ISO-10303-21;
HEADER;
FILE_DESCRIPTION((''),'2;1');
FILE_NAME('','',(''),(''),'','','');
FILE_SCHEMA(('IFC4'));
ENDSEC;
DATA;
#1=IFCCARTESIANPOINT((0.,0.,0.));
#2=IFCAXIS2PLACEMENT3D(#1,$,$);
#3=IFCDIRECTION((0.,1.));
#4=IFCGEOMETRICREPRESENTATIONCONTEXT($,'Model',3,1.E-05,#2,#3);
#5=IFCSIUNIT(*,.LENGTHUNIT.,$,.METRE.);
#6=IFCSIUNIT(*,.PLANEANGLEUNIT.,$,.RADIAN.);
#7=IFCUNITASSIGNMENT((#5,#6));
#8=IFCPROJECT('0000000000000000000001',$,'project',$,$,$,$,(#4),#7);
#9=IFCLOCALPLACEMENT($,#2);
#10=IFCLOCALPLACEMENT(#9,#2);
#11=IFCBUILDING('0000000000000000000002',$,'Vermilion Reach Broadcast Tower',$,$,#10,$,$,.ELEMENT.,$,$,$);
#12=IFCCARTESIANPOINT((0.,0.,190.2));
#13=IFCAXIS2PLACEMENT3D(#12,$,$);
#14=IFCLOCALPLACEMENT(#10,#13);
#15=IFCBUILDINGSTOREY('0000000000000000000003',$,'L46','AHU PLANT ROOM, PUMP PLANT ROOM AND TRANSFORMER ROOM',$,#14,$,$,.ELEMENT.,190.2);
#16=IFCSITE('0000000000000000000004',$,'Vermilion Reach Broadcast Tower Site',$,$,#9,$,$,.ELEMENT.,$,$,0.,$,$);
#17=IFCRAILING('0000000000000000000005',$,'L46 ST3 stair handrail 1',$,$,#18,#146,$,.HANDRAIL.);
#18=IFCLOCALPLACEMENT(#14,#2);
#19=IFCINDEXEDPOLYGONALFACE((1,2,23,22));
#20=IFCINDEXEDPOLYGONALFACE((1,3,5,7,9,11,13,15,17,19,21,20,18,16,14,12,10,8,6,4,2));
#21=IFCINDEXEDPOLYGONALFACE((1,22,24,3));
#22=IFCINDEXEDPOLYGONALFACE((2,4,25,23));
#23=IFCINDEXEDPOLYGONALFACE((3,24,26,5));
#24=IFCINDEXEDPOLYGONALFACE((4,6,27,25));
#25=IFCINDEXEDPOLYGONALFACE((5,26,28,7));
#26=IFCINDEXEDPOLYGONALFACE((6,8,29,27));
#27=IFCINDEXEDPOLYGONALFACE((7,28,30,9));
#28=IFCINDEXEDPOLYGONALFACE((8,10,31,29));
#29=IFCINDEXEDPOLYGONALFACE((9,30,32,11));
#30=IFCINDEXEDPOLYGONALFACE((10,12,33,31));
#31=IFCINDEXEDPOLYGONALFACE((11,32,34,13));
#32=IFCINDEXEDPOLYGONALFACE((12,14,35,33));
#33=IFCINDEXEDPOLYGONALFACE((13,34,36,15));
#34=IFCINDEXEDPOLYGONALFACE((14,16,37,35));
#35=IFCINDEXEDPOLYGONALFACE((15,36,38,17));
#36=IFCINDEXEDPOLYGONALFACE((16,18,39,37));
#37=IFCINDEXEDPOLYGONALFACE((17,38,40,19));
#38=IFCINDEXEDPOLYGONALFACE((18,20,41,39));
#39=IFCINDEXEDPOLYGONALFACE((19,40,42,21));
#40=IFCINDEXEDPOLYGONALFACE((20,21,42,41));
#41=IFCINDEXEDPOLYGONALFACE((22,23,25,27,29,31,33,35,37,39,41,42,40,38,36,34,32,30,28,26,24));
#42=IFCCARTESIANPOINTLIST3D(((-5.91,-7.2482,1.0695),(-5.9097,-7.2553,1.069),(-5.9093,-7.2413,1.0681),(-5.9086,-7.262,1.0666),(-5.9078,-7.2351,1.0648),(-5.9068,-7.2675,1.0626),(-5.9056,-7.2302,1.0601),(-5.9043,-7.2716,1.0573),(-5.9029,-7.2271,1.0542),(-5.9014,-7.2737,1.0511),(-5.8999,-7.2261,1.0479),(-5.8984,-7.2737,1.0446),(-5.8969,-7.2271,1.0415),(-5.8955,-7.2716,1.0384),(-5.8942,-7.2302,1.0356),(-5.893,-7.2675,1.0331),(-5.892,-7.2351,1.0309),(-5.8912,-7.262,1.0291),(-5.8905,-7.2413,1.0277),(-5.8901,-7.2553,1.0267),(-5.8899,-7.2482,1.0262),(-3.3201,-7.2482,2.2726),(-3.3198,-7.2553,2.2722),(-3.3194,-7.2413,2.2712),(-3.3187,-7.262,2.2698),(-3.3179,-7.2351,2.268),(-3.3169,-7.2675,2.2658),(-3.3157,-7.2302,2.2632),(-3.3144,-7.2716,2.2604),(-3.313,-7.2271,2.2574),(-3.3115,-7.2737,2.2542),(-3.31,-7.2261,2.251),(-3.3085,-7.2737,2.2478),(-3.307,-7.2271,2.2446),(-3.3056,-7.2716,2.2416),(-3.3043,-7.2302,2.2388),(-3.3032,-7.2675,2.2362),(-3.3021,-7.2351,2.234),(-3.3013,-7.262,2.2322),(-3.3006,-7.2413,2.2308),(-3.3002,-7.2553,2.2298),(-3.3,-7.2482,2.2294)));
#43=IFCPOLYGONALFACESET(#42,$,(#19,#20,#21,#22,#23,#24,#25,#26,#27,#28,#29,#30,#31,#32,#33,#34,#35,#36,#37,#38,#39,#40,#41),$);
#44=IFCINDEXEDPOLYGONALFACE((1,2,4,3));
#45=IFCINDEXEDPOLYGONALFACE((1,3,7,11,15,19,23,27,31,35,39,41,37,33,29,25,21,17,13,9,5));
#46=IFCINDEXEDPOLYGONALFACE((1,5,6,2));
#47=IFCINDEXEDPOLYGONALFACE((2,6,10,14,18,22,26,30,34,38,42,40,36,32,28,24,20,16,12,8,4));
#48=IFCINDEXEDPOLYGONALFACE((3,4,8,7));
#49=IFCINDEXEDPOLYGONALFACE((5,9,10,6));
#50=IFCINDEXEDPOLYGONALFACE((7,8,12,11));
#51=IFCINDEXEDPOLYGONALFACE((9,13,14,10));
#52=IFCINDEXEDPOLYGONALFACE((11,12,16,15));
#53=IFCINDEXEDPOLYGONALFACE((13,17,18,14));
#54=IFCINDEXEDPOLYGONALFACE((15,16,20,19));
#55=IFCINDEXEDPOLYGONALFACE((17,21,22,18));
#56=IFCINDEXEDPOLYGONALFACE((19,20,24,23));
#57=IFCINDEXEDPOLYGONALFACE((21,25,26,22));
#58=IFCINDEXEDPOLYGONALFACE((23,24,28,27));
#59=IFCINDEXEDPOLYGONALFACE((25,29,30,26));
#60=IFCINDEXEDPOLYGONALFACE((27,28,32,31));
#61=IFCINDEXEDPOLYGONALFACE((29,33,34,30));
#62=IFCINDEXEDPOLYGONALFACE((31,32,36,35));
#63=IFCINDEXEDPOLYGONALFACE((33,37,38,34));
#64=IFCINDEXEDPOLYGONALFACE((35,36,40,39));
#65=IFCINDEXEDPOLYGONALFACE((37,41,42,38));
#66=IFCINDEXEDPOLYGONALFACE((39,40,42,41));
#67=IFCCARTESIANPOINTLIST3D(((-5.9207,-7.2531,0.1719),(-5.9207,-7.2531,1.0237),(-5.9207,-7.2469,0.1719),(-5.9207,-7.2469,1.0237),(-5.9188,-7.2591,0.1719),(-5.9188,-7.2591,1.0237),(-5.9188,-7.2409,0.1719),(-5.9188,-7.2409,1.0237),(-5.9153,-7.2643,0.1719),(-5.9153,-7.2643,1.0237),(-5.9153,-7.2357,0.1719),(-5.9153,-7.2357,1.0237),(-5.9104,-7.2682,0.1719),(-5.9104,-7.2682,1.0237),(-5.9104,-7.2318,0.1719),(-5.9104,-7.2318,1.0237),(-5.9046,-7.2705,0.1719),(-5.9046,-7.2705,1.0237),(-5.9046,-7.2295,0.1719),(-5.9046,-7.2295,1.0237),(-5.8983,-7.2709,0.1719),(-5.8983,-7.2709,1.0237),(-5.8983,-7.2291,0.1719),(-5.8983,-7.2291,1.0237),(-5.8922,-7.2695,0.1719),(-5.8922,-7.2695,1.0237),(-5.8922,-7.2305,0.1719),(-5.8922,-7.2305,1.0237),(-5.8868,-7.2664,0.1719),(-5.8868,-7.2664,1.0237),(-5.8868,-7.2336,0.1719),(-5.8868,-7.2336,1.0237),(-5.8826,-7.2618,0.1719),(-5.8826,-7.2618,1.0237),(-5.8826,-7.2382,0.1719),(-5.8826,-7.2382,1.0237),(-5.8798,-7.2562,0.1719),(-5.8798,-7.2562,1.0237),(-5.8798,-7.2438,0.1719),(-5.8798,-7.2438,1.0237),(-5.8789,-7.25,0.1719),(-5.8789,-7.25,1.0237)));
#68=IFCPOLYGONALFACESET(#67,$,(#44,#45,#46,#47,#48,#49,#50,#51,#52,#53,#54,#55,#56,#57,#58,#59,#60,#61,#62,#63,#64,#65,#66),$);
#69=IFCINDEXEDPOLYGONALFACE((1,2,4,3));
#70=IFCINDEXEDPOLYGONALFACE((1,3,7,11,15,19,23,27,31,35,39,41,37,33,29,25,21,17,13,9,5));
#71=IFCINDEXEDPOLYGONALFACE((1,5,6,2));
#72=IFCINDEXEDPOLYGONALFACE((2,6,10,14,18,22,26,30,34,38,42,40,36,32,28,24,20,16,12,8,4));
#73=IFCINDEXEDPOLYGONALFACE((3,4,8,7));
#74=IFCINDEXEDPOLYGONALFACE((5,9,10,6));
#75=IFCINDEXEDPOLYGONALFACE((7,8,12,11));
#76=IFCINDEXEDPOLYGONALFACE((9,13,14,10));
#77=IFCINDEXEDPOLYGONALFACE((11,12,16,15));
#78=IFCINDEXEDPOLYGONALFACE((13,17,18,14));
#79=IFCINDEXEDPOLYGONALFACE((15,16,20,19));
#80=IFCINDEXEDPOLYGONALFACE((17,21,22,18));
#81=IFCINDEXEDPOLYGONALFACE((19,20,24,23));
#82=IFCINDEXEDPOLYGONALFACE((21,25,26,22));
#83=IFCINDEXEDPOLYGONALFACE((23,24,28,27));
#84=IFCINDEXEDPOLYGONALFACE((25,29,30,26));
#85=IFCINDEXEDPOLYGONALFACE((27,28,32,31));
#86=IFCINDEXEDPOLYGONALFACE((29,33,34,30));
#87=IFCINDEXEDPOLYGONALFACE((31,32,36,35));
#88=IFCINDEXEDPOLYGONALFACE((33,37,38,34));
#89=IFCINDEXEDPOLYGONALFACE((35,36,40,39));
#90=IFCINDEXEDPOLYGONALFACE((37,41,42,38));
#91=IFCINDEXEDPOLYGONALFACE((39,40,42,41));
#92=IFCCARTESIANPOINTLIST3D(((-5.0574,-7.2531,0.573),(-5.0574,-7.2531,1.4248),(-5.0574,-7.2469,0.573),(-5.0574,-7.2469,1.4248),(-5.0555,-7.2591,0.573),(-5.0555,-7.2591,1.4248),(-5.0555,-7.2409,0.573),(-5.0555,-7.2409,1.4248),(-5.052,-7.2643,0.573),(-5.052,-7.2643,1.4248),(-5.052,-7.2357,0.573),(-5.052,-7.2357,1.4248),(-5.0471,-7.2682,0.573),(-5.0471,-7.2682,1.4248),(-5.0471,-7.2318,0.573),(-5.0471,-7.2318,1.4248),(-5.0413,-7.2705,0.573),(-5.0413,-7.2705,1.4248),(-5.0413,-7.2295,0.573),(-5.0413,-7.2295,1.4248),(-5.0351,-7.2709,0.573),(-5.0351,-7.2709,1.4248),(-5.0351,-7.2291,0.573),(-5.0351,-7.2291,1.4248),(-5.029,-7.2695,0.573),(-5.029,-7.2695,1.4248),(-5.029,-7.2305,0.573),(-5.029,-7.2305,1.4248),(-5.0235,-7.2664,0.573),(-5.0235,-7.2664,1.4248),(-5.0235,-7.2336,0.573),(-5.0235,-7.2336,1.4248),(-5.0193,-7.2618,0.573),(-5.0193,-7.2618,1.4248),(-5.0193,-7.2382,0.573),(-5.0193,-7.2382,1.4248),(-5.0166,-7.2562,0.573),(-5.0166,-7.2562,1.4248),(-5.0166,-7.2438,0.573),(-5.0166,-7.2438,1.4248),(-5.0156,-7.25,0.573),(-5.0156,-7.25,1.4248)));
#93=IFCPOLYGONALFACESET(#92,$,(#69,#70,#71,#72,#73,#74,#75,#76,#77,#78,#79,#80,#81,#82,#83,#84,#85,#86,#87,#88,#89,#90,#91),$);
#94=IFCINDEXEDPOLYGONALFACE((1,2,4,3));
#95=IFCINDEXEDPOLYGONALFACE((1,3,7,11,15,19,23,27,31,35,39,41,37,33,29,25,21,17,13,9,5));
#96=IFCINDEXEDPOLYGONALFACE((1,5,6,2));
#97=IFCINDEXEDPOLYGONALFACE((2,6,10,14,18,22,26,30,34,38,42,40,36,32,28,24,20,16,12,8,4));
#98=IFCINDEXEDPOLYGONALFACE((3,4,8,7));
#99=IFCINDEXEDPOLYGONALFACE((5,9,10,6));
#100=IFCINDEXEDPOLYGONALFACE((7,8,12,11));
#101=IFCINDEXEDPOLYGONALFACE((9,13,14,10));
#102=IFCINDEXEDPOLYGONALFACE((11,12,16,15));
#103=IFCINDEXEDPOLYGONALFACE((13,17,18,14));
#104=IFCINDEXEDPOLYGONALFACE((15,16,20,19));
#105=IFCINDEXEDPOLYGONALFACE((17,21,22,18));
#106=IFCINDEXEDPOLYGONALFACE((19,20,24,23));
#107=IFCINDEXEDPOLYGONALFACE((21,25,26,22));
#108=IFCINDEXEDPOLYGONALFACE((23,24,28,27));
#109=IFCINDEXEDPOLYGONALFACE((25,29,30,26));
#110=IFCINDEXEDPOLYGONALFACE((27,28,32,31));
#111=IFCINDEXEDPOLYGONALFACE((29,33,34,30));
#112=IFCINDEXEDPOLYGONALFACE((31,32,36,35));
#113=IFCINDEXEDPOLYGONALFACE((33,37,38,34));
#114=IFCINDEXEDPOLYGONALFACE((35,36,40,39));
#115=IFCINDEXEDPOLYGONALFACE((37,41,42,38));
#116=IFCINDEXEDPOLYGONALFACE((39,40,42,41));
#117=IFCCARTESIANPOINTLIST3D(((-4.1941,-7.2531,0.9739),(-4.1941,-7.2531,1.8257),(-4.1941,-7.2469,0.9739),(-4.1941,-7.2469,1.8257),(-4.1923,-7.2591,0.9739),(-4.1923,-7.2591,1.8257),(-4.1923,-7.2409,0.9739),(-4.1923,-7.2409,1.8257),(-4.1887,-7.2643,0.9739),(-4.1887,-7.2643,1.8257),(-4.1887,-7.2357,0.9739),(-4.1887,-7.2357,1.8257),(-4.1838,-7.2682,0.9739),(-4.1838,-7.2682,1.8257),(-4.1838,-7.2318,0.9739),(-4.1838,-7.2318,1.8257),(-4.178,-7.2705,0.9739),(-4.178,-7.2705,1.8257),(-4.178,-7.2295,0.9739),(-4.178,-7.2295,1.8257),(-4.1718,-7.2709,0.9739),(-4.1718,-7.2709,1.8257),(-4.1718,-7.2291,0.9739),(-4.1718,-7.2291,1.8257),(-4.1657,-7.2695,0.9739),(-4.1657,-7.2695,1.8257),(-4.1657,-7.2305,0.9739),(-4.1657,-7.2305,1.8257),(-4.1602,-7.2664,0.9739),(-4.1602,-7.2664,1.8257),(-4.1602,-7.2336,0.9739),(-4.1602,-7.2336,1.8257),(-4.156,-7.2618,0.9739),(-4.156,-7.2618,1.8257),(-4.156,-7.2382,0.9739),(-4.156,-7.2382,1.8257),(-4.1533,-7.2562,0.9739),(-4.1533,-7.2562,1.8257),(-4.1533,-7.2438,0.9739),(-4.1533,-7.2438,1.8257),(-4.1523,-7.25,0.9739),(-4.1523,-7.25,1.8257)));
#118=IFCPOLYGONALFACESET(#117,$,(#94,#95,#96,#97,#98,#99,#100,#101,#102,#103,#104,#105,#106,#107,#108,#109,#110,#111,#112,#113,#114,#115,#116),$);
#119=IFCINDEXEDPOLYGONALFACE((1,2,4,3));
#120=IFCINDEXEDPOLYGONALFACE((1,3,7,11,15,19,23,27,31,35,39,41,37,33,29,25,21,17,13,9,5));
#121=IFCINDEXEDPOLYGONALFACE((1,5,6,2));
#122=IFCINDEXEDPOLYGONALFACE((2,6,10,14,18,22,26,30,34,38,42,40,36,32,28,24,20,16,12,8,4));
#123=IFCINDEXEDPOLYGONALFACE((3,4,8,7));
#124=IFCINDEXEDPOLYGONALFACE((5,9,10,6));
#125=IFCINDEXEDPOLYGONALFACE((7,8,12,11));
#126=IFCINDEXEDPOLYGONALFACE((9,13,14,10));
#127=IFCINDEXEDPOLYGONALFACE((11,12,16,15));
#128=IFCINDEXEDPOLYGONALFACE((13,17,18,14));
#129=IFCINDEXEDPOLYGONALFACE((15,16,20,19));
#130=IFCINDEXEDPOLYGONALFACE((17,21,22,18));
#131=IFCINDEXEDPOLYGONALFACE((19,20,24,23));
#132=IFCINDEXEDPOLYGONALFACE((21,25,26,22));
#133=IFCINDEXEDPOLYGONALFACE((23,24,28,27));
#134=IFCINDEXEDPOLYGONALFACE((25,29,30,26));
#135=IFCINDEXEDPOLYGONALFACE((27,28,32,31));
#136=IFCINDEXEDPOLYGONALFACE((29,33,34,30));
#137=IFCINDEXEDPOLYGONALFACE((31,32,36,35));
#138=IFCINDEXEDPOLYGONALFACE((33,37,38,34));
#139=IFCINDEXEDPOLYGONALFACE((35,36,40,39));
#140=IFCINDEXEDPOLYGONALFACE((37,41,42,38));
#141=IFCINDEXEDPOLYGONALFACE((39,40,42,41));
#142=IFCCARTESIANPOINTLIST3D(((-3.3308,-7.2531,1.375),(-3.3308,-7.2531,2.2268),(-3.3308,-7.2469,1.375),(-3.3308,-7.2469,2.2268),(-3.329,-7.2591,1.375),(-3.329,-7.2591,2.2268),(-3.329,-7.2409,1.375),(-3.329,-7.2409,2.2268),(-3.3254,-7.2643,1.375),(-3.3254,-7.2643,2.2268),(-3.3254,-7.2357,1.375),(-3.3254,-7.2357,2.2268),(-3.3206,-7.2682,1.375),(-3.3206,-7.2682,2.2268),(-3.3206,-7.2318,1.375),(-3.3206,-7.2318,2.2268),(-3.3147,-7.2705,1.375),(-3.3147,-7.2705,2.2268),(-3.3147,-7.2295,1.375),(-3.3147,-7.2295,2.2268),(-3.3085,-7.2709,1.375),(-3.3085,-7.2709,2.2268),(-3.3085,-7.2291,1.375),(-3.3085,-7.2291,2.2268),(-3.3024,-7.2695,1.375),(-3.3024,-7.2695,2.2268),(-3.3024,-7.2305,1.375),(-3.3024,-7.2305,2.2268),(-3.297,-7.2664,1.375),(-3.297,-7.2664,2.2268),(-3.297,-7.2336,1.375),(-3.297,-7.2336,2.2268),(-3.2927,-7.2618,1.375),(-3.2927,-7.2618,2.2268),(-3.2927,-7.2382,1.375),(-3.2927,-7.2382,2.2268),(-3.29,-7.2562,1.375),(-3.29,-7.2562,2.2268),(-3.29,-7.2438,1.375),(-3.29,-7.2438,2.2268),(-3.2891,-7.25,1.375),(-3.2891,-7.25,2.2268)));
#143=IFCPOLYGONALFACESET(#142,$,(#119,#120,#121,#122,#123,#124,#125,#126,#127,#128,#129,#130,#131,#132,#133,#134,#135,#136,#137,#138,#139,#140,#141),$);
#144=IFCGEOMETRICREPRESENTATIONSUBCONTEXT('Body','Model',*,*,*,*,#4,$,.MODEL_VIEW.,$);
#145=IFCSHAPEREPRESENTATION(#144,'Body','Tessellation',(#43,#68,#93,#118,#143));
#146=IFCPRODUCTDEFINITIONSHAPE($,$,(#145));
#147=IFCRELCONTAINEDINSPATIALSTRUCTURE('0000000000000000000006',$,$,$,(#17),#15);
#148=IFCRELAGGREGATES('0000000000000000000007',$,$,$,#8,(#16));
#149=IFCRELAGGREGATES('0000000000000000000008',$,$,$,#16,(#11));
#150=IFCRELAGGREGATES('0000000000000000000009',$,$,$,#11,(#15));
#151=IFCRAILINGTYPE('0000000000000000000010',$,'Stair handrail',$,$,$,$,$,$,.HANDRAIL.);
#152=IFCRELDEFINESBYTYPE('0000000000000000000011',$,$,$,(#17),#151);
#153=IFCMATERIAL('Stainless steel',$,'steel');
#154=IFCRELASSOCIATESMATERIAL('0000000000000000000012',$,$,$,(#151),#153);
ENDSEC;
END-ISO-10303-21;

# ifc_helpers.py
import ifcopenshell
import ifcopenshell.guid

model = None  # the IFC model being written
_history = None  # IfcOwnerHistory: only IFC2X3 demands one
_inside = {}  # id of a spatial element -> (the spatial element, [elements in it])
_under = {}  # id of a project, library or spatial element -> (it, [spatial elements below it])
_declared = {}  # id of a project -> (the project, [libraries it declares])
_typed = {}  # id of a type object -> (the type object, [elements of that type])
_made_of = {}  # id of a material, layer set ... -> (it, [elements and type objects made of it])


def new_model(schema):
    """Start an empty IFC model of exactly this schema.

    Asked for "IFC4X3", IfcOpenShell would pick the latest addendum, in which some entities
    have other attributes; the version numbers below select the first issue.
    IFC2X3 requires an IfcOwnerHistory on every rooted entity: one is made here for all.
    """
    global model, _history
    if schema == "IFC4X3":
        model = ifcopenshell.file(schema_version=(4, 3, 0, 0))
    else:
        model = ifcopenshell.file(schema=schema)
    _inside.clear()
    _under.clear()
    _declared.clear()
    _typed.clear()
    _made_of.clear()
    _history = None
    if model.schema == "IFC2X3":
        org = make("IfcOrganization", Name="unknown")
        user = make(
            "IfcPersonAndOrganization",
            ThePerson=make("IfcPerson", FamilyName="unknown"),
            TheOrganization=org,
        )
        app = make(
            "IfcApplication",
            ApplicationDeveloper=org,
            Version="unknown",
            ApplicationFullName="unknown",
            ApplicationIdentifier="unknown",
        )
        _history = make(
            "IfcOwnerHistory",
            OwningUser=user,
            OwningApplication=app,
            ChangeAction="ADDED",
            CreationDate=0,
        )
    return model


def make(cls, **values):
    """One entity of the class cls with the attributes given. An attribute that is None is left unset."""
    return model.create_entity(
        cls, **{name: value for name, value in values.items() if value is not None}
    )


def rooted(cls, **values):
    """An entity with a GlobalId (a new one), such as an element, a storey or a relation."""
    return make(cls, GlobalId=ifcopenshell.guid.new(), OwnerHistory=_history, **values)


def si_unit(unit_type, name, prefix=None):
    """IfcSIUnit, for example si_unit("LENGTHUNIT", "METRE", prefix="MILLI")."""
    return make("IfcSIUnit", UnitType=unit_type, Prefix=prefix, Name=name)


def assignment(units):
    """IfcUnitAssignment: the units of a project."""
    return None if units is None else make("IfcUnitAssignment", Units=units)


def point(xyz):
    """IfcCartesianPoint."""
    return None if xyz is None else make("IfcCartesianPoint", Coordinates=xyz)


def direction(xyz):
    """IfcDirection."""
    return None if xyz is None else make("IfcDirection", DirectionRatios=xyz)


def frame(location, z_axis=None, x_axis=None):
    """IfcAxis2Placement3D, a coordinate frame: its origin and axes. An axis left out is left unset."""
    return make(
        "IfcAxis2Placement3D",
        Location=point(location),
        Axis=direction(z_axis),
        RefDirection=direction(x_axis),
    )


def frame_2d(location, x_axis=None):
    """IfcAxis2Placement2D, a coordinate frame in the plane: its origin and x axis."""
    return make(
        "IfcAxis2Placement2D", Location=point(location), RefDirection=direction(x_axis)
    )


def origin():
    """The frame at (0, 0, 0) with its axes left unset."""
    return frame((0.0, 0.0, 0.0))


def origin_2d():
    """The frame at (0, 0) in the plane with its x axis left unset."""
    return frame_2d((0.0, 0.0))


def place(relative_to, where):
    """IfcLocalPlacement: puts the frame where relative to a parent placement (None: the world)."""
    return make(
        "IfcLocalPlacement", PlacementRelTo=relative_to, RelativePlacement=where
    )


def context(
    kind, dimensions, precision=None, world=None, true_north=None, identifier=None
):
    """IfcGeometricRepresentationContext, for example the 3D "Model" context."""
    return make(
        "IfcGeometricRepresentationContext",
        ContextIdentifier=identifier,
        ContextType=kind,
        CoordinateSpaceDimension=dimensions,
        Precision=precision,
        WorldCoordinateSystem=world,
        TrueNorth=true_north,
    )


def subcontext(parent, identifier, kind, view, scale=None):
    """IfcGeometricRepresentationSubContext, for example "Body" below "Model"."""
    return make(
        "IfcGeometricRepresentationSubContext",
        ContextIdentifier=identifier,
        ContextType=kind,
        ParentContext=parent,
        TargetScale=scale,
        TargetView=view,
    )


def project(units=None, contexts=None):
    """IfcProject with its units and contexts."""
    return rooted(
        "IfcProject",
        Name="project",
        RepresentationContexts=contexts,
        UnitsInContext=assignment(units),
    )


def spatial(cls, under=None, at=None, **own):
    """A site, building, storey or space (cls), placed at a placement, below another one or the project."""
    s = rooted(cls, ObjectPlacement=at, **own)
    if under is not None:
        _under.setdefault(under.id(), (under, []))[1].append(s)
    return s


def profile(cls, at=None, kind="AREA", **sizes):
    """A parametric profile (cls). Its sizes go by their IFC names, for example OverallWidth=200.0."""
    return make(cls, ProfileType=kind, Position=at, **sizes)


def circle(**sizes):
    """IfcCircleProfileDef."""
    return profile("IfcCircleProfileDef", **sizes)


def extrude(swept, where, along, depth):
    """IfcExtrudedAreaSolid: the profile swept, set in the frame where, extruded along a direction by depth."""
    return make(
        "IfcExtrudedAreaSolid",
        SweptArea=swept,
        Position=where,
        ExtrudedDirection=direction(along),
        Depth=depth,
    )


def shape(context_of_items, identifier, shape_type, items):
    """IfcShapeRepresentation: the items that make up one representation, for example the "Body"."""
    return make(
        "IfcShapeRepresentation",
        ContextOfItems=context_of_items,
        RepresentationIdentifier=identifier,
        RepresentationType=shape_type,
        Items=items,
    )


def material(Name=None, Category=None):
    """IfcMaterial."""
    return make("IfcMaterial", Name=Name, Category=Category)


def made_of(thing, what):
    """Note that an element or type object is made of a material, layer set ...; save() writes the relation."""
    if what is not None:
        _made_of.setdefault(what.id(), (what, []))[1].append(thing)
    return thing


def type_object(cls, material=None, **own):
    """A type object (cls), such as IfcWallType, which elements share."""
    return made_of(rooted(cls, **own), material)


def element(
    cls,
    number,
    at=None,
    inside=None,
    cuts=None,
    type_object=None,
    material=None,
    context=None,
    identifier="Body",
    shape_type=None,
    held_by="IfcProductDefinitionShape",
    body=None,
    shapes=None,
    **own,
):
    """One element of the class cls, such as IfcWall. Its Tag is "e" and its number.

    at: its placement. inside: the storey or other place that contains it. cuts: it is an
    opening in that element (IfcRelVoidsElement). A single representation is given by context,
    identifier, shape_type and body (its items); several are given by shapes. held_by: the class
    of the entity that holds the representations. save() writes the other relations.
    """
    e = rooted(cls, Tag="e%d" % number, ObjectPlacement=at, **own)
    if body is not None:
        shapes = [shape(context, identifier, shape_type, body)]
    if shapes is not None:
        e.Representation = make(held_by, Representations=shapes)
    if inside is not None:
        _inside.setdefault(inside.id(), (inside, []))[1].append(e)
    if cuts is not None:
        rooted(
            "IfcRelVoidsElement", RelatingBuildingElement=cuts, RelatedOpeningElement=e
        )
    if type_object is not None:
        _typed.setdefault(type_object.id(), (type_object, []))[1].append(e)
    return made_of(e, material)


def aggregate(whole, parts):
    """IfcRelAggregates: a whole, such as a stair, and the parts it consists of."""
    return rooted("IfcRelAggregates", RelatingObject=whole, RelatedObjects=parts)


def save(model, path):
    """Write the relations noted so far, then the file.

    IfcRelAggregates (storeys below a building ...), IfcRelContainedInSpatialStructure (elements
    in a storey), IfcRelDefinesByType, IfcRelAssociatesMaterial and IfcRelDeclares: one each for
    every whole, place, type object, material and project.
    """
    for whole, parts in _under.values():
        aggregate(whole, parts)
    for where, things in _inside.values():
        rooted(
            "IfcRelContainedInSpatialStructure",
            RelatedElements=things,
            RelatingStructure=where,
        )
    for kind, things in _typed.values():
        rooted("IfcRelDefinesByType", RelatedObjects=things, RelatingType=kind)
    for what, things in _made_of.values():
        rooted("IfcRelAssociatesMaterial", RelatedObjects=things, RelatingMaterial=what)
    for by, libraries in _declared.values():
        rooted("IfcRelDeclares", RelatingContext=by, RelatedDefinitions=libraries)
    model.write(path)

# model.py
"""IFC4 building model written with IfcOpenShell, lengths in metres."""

from ifc_helpers import new_model, si_unit, direction, frame, origin, origin_2d, place, context, subcontext, project, spatial, circle, extrude, material, type_object, element, save


model = new_model("IFC4")

# Units and contexts
model_context = context("Model", 3, precision=1e-05, world=origin(), true_north=direction((0.0, 1.0)))
body_context = subcontext(model_context, "Body", "Model", "MODEL_VIEW")
ifc_project = project(units=[si_unit("LENGTHUNIT", "METRE"), si_unit("PLANEANGLEUNIT", "RADIAN")], contexts=[model_context])

# Site, building, storey
site_placement = place(None, origin())
site = spatial("IfcSite", under=ifc_project, at=site_placement, Name="Vermilion Reach Broadcast Tower Site", CompositionType="ELEMENT", RefElevation=0.0)
building_placement = place(site_placement, origin())
building = spatial("IfcBuilding", under=site, at=building_placement, Name="Vermilion Reach Broadcast Tower", CompositionType="ELEMENT")
storey_placement = place(building_placement, frame((0.0, 0.0, 190.2)))
storey = spatial("IfcBuildingStorey", under=building, at=storey_placement, Name="L46", Description="AHU PLANT ROOM, PUMP PLANT ROOM AND TRANSFORMER ROOM", CompositionType="ELEMENT", Elevation=190.2)

# Railing
ifc_material_1 = material(Name="Stainless steel", Category="steel")
railing_type_1 = type_object("IfcRailingType", Name="Stair handrail", PredefinedType="HANDRAIL", material=ifc_material_1)
railing_1_placement = place(storey_placement, frame((-5.8999, -7.25, 0.1719)))
element("IfcRailing", 1, at=railing_1_placement, inside=storey, type_object=railing_type_1, Name="L46 ST3 stair handrail 1", PredefinedType="HANDRAIL", context=body_context, shape_type="SweptSolid", body=[
    extrude(circle(Radius=0.0239, at=origin_2d()), frame((0.0, 0.0, 0.876), z_axis=(0.906916, 0.0, 0.421312), x_axis=(0.0, 1.0, 0.0)), (0.0, 0.0, 1.0), 2.8557),
    extrude(circle(Radius=0.021, at=origin_2d()), origin(), (0.0, 0.0, 1.0), 0.8518),
    extrude(circle(Radius=0.021, at=origin_2d()), frame((0.8633, 0.0, 0.4011)), (0.0, 0.0, 1.0), 0.8518),
    extrude(circle(Radius=0.021, at=origin_2d()), frame((1.7266, 0.0, 0.802)), (0.0, 0.0, 1.0), 0.8518),
    extrude(circle(Radius=0.021, at=origin_2d()), frame((2.5898, 0.0, 1.2031)), (0.0, 0.0, 1.0), 0.8518),
])

save(model, "model.ifc")
